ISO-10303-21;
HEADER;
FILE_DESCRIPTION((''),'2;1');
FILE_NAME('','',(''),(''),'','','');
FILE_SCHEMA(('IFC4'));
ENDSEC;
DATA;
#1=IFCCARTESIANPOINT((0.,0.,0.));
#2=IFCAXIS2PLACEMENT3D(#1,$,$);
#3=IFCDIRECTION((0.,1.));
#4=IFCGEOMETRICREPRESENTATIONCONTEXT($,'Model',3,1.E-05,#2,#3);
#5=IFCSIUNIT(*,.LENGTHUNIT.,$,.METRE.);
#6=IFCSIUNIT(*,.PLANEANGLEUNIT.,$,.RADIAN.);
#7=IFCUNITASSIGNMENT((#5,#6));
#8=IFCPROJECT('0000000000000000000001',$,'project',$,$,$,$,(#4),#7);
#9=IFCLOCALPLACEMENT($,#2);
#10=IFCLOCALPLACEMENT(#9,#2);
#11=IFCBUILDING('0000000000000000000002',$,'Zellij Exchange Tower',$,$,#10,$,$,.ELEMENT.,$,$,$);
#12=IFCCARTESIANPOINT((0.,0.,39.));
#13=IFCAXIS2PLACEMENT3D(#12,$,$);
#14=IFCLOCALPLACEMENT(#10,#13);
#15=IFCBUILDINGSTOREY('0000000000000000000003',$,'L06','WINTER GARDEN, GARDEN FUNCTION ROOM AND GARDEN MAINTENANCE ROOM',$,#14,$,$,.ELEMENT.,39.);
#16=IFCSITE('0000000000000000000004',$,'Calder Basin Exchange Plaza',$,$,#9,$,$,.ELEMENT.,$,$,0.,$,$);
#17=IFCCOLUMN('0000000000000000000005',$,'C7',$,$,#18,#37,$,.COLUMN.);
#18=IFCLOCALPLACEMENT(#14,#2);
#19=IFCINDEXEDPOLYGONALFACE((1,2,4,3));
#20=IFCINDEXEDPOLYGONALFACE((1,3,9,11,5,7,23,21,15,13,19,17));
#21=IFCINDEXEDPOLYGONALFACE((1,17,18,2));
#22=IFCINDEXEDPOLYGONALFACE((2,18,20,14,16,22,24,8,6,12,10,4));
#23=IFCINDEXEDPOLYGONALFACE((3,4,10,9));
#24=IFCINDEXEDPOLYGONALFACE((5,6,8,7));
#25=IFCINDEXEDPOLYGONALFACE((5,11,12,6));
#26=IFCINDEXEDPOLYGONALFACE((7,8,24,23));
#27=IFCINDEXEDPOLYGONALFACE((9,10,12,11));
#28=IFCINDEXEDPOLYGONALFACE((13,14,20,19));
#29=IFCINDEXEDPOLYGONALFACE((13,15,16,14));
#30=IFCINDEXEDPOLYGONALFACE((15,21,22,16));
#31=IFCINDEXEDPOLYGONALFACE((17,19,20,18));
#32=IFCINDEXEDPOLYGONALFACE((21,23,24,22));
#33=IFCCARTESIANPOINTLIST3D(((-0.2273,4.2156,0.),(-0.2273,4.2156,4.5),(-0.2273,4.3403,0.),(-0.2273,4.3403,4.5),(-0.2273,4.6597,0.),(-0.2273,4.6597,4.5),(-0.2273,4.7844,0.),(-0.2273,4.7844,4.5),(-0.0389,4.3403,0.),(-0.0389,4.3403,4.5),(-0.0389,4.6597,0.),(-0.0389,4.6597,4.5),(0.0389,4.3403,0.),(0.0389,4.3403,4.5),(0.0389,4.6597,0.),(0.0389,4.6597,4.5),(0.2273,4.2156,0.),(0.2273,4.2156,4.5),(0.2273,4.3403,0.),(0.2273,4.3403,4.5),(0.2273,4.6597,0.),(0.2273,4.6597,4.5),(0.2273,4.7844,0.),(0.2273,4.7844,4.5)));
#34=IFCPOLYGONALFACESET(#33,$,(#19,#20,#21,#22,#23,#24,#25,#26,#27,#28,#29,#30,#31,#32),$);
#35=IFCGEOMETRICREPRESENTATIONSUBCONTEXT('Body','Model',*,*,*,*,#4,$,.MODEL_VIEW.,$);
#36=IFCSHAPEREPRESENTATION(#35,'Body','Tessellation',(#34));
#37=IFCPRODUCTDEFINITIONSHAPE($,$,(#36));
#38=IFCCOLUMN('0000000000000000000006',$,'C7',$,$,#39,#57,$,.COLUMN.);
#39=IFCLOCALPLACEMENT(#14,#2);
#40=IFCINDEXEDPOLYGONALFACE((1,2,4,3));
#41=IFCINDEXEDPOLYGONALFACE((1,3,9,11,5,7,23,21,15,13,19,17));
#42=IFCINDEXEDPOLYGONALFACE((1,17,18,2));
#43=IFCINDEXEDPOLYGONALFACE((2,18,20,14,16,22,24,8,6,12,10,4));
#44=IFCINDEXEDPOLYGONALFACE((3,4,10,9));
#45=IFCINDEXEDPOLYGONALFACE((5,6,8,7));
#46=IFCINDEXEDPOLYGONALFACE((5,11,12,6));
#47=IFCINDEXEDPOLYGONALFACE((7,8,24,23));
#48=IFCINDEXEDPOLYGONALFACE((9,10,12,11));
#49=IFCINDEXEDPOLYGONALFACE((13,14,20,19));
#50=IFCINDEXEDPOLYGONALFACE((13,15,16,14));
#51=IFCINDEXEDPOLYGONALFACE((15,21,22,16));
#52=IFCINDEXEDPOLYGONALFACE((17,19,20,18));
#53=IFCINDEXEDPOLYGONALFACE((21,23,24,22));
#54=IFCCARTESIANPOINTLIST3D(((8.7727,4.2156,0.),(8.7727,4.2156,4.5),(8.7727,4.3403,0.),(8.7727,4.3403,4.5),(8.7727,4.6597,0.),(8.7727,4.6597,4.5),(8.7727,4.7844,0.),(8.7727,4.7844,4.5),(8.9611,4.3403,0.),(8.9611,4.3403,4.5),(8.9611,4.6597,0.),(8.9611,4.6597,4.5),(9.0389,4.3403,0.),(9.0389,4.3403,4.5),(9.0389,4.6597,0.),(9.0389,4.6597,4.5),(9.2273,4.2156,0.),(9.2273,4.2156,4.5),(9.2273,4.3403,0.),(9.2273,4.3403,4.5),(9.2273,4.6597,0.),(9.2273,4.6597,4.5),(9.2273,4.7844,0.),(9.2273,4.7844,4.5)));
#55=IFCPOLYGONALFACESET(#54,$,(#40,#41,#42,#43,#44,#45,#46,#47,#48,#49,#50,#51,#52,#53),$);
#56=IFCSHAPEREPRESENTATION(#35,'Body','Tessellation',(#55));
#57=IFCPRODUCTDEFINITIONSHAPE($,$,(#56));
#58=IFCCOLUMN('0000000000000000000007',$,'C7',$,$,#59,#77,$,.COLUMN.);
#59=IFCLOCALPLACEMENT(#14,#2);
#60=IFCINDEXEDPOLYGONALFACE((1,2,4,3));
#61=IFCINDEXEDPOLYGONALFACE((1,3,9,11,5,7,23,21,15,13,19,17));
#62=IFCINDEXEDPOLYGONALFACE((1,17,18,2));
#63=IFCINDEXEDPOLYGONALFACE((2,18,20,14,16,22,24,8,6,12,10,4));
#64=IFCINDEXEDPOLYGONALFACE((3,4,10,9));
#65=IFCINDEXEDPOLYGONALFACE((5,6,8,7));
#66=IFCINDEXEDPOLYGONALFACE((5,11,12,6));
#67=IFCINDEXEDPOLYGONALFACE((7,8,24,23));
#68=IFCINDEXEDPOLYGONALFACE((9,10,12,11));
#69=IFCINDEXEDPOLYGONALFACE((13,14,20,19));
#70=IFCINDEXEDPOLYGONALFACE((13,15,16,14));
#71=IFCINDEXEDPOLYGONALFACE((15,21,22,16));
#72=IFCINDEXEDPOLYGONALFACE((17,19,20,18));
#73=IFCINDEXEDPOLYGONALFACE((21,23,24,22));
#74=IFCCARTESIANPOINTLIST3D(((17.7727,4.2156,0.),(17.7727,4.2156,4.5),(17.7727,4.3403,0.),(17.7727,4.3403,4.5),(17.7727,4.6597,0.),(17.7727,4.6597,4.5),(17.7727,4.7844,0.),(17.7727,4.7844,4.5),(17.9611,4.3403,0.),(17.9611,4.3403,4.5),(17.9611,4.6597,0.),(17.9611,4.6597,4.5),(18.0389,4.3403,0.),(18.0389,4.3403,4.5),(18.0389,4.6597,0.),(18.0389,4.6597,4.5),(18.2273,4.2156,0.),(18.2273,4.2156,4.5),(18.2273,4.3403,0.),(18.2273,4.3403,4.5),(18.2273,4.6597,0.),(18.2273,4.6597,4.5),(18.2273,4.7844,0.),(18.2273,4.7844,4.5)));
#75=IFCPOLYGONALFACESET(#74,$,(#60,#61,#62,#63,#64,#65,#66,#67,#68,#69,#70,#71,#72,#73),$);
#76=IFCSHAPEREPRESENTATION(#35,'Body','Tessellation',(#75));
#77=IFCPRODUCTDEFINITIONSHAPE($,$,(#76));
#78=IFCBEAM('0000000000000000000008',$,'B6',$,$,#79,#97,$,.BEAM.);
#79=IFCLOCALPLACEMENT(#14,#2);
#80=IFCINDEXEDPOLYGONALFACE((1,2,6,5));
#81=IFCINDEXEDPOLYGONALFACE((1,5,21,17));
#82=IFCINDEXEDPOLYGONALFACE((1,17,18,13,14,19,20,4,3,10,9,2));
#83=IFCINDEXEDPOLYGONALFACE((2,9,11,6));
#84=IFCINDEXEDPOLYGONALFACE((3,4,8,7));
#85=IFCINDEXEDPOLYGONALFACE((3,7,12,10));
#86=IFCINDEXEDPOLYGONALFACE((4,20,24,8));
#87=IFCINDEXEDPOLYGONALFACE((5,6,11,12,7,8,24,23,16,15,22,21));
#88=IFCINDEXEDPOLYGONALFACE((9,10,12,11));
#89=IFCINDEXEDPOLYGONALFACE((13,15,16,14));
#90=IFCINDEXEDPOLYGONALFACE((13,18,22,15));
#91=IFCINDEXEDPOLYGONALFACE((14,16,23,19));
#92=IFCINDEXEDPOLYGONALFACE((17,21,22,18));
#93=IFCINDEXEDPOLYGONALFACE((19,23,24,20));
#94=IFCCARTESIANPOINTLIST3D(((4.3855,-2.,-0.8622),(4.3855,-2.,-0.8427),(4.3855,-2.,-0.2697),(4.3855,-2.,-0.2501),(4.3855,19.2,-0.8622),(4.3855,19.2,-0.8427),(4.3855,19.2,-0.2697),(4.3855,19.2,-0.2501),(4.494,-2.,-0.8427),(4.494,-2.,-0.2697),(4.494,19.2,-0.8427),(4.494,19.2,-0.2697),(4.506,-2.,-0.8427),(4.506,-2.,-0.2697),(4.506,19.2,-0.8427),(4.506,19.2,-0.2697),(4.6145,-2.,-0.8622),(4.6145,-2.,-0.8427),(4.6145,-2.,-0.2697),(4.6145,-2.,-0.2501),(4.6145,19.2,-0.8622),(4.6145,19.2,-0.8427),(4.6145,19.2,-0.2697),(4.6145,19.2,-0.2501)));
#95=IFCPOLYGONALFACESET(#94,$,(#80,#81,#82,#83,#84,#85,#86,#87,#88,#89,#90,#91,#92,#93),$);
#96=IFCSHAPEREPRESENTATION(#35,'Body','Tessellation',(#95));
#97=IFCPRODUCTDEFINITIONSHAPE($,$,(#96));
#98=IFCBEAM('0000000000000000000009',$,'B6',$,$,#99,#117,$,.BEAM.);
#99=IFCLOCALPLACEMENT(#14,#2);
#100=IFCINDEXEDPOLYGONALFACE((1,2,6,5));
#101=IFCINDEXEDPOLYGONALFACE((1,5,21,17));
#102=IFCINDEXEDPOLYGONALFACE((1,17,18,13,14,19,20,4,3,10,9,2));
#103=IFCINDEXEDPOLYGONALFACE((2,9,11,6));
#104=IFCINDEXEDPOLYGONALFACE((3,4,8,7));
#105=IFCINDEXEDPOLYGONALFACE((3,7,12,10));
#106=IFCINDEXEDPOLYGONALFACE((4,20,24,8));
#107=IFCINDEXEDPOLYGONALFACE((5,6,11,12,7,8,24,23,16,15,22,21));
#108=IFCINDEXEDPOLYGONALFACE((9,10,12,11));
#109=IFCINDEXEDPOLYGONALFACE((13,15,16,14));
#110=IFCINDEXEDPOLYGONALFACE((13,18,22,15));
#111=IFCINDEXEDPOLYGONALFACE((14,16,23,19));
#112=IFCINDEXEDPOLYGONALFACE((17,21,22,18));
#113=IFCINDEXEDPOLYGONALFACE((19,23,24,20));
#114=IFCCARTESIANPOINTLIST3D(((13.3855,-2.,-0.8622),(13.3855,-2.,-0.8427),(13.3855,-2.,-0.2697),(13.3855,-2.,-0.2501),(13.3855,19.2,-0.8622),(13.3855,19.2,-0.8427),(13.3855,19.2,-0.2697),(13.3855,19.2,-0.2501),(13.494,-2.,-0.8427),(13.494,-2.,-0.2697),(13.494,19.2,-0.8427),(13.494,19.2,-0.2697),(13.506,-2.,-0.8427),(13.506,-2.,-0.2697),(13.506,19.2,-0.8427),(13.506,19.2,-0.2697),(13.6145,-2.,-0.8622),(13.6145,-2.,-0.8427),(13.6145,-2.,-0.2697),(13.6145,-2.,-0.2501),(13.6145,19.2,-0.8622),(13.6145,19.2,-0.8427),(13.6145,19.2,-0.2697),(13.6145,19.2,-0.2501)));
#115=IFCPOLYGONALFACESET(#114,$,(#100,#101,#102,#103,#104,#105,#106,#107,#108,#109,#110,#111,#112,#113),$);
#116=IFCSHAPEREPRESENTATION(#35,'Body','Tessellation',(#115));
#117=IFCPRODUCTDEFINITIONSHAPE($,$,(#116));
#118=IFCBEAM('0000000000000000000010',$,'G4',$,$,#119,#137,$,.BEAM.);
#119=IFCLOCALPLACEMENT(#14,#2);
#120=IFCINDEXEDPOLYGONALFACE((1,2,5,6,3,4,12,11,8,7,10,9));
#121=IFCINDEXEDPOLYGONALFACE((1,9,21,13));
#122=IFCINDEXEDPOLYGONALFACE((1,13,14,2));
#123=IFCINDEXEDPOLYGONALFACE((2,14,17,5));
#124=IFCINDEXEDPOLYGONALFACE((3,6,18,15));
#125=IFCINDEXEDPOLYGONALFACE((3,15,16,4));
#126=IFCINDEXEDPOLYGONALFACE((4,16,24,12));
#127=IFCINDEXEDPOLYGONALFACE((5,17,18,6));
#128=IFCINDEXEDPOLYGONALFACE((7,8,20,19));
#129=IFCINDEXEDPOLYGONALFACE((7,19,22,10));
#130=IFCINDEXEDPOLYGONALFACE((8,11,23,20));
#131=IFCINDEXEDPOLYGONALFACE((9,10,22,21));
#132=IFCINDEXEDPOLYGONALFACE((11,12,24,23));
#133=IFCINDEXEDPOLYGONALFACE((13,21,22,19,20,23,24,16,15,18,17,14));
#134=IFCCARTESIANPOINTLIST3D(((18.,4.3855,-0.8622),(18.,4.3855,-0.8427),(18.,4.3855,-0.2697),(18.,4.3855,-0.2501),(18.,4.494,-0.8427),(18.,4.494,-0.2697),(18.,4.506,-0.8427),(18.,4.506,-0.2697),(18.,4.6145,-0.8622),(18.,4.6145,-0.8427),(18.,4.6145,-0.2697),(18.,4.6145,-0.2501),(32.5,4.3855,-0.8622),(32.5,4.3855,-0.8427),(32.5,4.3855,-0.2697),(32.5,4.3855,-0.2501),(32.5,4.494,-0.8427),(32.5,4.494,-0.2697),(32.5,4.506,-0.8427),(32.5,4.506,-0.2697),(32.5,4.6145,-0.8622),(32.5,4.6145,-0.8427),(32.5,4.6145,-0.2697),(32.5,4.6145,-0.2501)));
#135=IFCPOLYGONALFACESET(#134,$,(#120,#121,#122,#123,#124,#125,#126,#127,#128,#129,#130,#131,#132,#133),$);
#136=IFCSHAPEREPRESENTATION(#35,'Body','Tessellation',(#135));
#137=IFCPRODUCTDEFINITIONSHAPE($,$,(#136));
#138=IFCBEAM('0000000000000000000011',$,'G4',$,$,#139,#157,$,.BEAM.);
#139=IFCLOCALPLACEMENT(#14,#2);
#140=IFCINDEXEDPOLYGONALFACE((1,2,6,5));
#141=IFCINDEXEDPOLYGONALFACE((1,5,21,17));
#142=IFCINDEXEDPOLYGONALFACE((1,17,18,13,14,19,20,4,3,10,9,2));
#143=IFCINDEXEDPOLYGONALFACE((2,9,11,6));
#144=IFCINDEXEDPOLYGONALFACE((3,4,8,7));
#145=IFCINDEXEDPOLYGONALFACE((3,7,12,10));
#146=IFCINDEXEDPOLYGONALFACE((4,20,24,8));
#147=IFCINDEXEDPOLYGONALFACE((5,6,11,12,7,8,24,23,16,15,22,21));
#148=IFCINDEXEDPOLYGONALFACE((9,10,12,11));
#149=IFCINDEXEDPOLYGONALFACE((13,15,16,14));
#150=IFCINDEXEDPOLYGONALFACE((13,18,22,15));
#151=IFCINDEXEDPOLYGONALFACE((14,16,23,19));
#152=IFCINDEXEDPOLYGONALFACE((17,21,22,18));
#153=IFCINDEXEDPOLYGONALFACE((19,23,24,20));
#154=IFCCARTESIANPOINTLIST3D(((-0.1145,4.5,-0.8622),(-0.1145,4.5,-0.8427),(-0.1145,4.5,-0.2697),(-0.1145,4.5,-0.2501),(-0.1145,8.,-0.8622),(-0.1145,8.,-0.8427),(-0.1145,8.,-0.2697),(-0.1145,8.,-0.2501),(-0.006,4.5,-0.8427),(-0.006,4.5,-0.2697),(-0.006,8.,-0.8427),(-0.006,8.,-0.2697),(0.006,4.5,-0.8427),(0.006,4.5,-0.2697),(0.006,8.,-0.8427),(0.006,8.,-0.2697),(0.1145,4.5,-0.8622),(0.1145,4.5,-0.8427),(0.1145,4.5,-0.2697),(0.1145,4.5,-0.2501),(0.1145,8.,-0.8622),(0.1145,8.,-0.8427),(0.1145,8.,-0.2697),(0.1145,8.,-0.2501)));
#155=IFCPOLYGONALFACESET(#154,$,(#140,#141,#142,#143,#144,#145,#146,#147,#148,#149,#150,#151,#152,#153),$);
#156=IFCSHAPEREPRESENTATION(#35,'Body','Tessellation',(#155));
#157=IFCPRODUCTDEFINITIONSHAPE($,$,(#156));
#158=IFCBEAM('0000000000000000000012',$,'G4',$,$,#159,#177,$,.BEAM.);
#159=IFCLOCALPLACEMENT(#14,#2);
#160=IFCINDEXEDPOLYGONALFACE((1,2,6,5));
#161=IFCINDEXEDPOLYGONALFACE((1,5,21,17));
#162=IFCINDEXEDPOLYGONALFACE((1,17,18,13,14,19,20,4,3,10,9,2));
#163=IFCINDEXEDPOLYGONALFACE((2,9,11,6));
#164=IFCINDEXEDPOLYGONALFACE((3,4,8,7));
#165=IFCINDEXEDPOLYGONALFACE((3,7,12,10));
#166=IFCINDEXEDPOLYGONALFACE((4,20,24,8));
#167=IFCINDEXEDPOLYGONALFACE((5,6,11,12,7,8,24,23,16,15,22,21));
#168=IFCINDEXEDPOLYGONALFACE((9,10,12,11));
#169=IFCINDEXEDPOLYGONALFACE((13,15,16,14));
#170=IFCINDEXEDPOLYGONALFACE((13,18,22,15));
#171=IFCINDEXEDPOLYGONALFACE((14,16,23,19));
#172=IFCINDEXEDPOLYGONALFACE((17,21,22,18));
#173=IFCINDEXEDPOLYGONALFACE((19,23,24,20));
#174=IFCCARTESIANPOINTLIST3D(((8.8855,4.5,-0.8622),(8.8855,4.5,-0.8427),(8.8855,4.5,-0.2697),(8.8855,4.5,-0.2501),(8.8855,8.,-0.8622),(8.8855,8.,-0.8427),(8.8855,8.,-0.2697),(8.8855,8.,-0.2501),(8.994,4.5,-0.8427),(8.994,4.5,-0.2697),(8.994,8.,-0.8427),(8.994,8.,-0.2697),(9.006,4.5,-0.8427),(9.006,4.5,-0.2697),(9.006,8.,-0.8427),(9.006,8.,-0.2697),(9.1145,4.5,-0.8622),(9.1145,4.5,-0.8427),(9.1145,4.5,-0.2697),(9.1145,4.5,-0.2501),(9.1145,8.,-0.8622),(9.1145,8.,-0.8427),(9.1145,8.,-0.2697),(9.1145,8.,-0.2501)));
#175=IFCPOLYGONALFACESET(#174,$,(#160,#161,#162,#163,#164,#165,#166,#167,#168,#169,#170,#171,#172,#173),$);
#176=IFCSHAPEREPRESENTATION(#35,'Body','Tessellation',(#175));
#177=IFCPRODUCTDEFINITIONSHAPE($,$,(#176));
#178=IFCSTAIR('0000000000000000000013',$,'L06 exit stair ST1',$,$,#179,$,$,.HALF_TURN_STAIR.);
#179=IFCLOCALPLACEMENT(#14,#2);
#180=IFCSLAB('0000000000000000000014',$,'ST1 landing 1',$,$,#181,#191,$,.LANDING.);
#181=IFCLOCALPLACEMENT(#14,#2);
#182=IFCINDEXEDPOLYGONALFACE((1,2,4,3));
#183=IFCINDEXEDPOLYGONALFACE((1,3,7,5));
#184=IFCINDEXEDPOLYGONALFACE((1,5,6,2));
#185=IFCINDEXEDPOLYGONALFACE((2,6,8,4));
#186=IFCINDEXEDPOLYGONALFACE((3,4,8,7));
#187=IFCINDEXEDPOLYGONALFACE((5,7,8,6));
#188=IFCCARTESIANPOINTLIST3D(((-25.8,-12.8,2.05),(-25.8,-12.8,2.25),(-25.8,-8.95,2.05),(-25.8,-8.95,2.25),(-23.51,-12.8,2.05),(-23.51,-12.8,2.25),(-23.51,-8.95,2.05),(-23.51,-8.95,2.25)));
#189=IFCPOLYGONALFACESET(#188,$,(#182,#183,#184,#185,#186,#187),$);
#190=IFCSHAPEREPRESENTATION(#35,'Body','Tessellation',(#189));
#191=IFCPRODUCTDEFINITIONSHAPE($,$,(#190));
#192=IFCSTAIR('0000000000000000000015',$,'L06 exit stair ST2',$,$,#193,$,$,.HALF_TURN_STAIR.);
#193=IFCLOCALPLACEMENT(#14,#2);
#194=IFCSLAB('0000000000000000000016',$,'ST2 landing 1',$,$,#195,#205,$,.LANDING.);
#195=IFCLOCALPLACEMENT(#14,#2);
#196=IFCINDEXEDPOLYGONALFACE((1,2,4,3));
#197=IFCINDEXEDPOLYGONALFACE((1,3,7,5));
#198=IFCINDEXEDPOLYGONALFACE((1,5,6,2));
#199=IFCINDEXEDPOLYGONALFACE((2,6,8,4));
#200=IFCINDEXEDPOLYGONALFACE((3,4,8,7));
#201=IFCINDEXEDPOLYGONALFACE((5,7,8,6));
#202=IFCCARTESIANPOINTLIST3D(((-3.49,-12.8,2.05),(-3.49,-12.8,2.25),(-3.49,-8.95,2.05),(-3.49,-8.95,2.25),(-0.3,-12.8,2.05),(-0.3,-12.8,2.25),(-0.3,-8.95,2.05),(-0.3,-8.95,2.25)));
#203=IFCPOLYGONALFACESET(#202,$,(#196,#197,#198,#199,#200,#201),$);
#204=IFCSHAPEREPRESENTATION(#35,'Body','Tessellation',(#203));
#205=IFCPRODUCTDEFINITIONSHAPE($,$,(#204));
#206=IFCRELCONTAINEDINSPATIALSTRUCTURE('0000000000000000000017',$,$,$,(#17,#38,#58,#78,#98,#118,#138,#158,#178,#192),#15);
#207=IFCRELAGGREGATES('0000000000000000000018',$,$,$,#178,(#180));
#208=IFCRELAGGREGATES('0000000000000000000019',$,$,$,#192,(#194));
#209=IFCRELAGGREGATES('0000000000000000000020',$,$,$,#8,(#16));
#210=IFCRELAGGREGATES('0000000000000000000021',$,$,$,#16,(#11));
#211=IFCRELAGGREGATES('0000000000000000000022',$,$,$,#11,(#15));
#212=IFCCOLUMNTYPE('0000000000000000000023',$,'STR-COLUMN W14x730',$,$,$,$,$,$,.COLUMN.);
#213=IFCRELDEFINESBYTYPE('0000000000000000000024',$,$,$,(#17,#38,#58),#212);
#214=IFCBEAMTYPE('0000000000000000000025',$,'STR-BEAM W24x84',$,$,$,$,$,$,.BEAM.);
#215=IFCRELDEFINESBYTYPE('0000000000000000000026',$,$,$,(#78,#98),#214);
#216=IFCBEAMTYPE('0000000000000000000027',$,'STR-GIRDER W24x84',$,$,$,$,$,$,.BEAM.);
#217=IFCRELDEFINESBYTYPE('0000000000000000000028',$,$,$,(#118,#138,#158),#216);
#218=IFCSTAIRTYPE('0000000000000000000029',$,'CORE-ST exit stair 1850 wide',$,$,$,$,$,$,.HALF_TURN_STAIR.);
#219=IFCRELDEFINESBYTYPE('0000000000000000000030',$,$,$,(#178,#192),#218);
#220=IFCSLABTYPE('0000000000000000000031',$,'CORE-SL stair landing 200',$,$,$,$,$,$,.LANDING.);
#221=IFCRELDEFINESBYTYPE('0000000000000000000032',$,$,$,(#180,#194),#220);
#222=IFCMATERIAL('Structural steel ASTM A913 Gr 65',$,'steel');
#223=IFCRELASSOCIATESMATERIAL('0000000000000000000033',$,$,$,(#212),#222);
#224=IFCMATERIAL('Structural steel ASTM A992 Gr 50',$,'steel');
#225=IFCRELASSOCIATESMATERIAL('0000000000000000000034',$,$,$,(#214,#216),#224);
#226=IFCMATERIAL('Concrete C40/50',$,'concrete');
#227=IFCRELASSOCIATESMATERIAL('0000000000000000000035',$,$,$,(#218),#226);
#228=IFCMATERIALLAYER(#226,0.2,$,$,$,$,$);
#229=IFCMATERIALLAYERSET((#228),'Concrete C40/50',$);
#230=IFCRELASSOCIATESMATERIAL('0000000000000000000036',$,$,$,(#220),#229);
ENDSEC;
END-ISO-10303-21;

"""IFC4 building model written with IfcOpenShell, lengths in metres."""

from ifc_helpers import new_model, si_unit, direction, frame, origin, origin_2d, place, context, subcontext, project, spatial, polyline, i_section, outline, extrude, material, layer, layer_set, material_profile, profile_set, type_object, element, aggregate, save


model = new_model("IFC4")

# Units and contexts
model_context = context("Model", 3, precision=1e-05, world=origin(), true_north=direction((0.0, 1.0)))
body_context = subcontext(model_context, "Body", "Model", "MODEL_VIEW")
ifc_project = project(units=[si_unit("LENGTHUNIT", "METRE"), si_unit("PLANEANGLEUNIT", "RADIAN")], contexts=[model_context])

# Site, building, storey
site_placement = place(None, origin())
site = spatial("IfcSite", under=ifc_project, at=site_placement, Name="Calder Basin Exchange Plaza", CompositionType="ELEMENT", RefElevation=0.0)
building_placement = place(site_placement, origin())
building = spatial("IfcBuilding", under=site, at=building_placement, Name="Zellij Exchange Tower", CompositionType="ELEMENT")
storey_placement = place(building_placement, frame((0.0, 0.0, 39.0)))
storey = spatial("IfcBuildingStorey", under=building, at=storey_placement, Name="L06", Description="WINTER GARDEN, GARDEN FUNCTION ROOM AND GARDEN MAINTENANCE ROOM", CompositionType="ELEMENT", Elevation=39.0)

# Columns
ifc_material_1 = material(Name="Structural steel ASTM A913 Gr 65", Category="steel")
ifc_material_profile_1 = material_profile(ifc_material_1, i_section(OverallWidth=0.4546, OverallDepth=0.5688, WebThickness=0.0779, FlangeThickness=0.1248, at=origin_2d()), Name="W14x730")
ifc_profile_set_1 = profile_set([ifc_material_profile_1], Name="Structural steel ASTM A913 Gr 65")
column_type = type_object("IfcColumnType", Name="STR-COLUMN W14x730", PredefinedType="COLUMN", material=ifc_profile_set_1)
for number, where, z_axis, x_axis, name in (
    (1, (0.0, 4.5, 0.0), (0.0, 0.0, 1.0), (1.0, 0.0, 0.0), "C7"),
    (2, (9.0, 4.5, 0.0), (0.0, 0.0, 1.0), (1.0, 0.0, 0.0), "C7"),
    (3, (18.0, 4.5, 0.0), (0.0, 0.0, 1.0), (1.0, 0.0, 0.0), "C7"),
):
    element("IfcColumn", number, at=place(storey_placement, frame(where, z_axis=z_axis, x_axis=x_axis)), inside=storey, type_object=column_type, Name=name, PredefinedType="COLUMN", context=body_context, shape_type="SweptSolid", body=[
        extrude(i_section(OverallWidth=0.4546, OverallDepth=0.5688, WebThickness=0.0779, FlangeThickness=0.1248, at=origin_2d()), origin(), (0.0, 0.0, 1.0), 4.5),
    ])

# Beams
ifc_material_2 = material(Name="Structural steel ASTM A992 Gr 50", Category="steel")
ifc_material_profile_2 = material_profile(ifc_material_2, i_section(OverallWidth=0.229, OverallDepth=0.6121, WebThickness=0.012, FlangeThickness=0.0195, at=origin_2d()), Name="W24x84")
ifc_profile_set_2 = profile_set([ifc_material_profile_2], Name="Structural steel ASTM A992 Gr 50")
beam_type_1 = type_object("IfcBeamType", Name="STR-BEAM W24x84", PredefinedType="BEAM", material=ifc_profile_set_2)
for number, where, z_axis, x_axis, name in (
    (4, (4.5, -2.0, -0.5562), (0.0, 1.0, 0.0), (-1.0, 0.0, 0.0), "B6"),
    (5, (13.5, -2.0, -0.5562), (0.0, 1.0, 0.0), (-1.0, 0.0, 0.0), "B6"),
):
    element("IfcBeam", number, at=place(storey_placement, frame(where, z_axis=z_axis, x_axis=x_axis)), inside=storey, type_object=beam_type_1, Name=name, PredefinedType="BEAM", context=body_context, shape_type="SweptSolid", body=[
        extrude(i_section(OverallWidth=0.229, OverallDepth=0.6121, WebThickness=0.012, FlangeThickness=0.0195, at=origin_2d()), origin(), (0.0, 0.0, 1.0), 21.2),
    ])
ifc_material_profile_3 = material_profile(ifc_material_2, i_section(OverallWidth=0.229, OverallDepth=0.6121, WebThickness=0.012, FlangeThickness=0.0195, at=origin_2d()), Name="W24x84")
ifc_profile_set_3 = profile_set([ifc_material_profile_3], Name="Structural steel ASTM A992 Gr 50")
beam_type_2 = type_object("IfcBeamType", Name="STR-GIRDER W24x84", PredefinedType="BEAM", material=ifc_profile_set_3)
beam_placement = place(storey_placement, frame((18.0, 4.5, -0.5562), z_axis=(1.0, 0.0, 0.0), x_axis=(0.0, 1.0, 0.0)))
element("IfcBeam", 6, at=beam_placement, inside=storey, type_object=beam_type_2, Name="G4", PredefinedType="BEAM", context=body_context, shape_type="SweptSolid", body=[
    extrude(i_section(OverallWidth=0.229, OverallDepth=0.6121, WebThickness=0.012, FlangeThickness=0.0195, at=origin_2d()), origin(), (0.0, 0.0, 1.0), 14.5),
])
for number, where, z_axis, x_axis, name in (
    (7, (0.0, 4.5, -0.5562), (0.0, 1.0, 0.0), (-1.0, 0.0, 0.0), "G4"),
    (8, (9.0, 4.5, -0.5562), (0.0, 1.0, 0.0), (-1.0, 0.0, 0.0), "G4"),
):
    element("IfcBeam", number, at=place(storey_placement, frame(where, z_axis=z_axis, x_axis=x_axis)), inside=storey, type_object=beam_type_2, Name=name, PredefinedType="BEAM", context=body_context, shape_type="SweptSolid", body=[
        extrude(i_section(OverallWidth=0.229, OverallDepth=0.6121, WebThickness=0.012, FlangeThickness=0.0195, at=origin_2d()), origin(), (0.0, 0.0, 1.0), 3.5),
    ])

# Stairs, slabs
ifc_material_3 = material(Name="Concrete C40/50", Category="concrete")
stair_type = type_object("IfcStairType", Name="CORE-ST exit stair 1850 wide", PredefinedType="HALF_TURN_STAIR", material=ifc_material_3)
stair_1_placement = place(storey_placement, origin())
stair_1 = element("IfcStair", 9, at=stair_1_placement, inside=storey, type_object=stair_type, Name="L06 exit stair ST1", PredefinedType="HALF_TURN_STAIR")
ifc_layer_1 = layer(ifc_material_3, 0.2)
ifc_layer_set_1 = layer_set([ifc_layer_1], Name="Concrete C40/50")
slab_type_1 = type_object("IfcSlabType", Name="CORE-SL stair landing 200", PredefinedType="LANDING", material=ifc_layer_set_1)
slab_1_placement = place(storey_placement, frame((0.0, 0.0, 2.05)))
slab_1 = element("IfcSlab", 10, at=slab_1_placement, type_object=slab_type_1, Name="ST1 landing 1", PredefinedType="LANDING", context=body_context, shape_type="SweptSolid", body=[
    extrude(outline(polyline([(-23.51, -8.95), (-25.8, -8.95), (-25.8, -12.8), (-23.51, -12.8), (-23.51, -8.95)])), origin(), (0.0, 0.0, 1.0), 0.2),
])
aggregate(stair_1, [slab_1])
stair_2_placement = place(storey_placement, origin())
stair_2 = element("IfcStair", 11, at=stair_2_placement, inside=storey, type_object=stair_type, Name="L06 exit stair ST2", PredefinedType="HALF_TURN_STAIR")
slab_2_placement = place(storey_placement, frame((0.0, 0.0, 2.05)))
slab_2 = element("IfcSlab", 12, at=slab_2_placement, type_object=slab_type_1, Name="ST2 landing 1", PredefinedType="LANDING", context=body_context, shape_type="SweptSolid", body=[
    extrude(outline(polyline([(-3.49, -12.8), (-0.3, -12.8), (-0.3, -8.95), (-3.49, -8.95), (-3.49, -12.8)])), origin(), (0.0, 0.0, 1.0), 0.2),
])
aggregate(stair_2, [slab_2])

save(model, "model.ifc")
